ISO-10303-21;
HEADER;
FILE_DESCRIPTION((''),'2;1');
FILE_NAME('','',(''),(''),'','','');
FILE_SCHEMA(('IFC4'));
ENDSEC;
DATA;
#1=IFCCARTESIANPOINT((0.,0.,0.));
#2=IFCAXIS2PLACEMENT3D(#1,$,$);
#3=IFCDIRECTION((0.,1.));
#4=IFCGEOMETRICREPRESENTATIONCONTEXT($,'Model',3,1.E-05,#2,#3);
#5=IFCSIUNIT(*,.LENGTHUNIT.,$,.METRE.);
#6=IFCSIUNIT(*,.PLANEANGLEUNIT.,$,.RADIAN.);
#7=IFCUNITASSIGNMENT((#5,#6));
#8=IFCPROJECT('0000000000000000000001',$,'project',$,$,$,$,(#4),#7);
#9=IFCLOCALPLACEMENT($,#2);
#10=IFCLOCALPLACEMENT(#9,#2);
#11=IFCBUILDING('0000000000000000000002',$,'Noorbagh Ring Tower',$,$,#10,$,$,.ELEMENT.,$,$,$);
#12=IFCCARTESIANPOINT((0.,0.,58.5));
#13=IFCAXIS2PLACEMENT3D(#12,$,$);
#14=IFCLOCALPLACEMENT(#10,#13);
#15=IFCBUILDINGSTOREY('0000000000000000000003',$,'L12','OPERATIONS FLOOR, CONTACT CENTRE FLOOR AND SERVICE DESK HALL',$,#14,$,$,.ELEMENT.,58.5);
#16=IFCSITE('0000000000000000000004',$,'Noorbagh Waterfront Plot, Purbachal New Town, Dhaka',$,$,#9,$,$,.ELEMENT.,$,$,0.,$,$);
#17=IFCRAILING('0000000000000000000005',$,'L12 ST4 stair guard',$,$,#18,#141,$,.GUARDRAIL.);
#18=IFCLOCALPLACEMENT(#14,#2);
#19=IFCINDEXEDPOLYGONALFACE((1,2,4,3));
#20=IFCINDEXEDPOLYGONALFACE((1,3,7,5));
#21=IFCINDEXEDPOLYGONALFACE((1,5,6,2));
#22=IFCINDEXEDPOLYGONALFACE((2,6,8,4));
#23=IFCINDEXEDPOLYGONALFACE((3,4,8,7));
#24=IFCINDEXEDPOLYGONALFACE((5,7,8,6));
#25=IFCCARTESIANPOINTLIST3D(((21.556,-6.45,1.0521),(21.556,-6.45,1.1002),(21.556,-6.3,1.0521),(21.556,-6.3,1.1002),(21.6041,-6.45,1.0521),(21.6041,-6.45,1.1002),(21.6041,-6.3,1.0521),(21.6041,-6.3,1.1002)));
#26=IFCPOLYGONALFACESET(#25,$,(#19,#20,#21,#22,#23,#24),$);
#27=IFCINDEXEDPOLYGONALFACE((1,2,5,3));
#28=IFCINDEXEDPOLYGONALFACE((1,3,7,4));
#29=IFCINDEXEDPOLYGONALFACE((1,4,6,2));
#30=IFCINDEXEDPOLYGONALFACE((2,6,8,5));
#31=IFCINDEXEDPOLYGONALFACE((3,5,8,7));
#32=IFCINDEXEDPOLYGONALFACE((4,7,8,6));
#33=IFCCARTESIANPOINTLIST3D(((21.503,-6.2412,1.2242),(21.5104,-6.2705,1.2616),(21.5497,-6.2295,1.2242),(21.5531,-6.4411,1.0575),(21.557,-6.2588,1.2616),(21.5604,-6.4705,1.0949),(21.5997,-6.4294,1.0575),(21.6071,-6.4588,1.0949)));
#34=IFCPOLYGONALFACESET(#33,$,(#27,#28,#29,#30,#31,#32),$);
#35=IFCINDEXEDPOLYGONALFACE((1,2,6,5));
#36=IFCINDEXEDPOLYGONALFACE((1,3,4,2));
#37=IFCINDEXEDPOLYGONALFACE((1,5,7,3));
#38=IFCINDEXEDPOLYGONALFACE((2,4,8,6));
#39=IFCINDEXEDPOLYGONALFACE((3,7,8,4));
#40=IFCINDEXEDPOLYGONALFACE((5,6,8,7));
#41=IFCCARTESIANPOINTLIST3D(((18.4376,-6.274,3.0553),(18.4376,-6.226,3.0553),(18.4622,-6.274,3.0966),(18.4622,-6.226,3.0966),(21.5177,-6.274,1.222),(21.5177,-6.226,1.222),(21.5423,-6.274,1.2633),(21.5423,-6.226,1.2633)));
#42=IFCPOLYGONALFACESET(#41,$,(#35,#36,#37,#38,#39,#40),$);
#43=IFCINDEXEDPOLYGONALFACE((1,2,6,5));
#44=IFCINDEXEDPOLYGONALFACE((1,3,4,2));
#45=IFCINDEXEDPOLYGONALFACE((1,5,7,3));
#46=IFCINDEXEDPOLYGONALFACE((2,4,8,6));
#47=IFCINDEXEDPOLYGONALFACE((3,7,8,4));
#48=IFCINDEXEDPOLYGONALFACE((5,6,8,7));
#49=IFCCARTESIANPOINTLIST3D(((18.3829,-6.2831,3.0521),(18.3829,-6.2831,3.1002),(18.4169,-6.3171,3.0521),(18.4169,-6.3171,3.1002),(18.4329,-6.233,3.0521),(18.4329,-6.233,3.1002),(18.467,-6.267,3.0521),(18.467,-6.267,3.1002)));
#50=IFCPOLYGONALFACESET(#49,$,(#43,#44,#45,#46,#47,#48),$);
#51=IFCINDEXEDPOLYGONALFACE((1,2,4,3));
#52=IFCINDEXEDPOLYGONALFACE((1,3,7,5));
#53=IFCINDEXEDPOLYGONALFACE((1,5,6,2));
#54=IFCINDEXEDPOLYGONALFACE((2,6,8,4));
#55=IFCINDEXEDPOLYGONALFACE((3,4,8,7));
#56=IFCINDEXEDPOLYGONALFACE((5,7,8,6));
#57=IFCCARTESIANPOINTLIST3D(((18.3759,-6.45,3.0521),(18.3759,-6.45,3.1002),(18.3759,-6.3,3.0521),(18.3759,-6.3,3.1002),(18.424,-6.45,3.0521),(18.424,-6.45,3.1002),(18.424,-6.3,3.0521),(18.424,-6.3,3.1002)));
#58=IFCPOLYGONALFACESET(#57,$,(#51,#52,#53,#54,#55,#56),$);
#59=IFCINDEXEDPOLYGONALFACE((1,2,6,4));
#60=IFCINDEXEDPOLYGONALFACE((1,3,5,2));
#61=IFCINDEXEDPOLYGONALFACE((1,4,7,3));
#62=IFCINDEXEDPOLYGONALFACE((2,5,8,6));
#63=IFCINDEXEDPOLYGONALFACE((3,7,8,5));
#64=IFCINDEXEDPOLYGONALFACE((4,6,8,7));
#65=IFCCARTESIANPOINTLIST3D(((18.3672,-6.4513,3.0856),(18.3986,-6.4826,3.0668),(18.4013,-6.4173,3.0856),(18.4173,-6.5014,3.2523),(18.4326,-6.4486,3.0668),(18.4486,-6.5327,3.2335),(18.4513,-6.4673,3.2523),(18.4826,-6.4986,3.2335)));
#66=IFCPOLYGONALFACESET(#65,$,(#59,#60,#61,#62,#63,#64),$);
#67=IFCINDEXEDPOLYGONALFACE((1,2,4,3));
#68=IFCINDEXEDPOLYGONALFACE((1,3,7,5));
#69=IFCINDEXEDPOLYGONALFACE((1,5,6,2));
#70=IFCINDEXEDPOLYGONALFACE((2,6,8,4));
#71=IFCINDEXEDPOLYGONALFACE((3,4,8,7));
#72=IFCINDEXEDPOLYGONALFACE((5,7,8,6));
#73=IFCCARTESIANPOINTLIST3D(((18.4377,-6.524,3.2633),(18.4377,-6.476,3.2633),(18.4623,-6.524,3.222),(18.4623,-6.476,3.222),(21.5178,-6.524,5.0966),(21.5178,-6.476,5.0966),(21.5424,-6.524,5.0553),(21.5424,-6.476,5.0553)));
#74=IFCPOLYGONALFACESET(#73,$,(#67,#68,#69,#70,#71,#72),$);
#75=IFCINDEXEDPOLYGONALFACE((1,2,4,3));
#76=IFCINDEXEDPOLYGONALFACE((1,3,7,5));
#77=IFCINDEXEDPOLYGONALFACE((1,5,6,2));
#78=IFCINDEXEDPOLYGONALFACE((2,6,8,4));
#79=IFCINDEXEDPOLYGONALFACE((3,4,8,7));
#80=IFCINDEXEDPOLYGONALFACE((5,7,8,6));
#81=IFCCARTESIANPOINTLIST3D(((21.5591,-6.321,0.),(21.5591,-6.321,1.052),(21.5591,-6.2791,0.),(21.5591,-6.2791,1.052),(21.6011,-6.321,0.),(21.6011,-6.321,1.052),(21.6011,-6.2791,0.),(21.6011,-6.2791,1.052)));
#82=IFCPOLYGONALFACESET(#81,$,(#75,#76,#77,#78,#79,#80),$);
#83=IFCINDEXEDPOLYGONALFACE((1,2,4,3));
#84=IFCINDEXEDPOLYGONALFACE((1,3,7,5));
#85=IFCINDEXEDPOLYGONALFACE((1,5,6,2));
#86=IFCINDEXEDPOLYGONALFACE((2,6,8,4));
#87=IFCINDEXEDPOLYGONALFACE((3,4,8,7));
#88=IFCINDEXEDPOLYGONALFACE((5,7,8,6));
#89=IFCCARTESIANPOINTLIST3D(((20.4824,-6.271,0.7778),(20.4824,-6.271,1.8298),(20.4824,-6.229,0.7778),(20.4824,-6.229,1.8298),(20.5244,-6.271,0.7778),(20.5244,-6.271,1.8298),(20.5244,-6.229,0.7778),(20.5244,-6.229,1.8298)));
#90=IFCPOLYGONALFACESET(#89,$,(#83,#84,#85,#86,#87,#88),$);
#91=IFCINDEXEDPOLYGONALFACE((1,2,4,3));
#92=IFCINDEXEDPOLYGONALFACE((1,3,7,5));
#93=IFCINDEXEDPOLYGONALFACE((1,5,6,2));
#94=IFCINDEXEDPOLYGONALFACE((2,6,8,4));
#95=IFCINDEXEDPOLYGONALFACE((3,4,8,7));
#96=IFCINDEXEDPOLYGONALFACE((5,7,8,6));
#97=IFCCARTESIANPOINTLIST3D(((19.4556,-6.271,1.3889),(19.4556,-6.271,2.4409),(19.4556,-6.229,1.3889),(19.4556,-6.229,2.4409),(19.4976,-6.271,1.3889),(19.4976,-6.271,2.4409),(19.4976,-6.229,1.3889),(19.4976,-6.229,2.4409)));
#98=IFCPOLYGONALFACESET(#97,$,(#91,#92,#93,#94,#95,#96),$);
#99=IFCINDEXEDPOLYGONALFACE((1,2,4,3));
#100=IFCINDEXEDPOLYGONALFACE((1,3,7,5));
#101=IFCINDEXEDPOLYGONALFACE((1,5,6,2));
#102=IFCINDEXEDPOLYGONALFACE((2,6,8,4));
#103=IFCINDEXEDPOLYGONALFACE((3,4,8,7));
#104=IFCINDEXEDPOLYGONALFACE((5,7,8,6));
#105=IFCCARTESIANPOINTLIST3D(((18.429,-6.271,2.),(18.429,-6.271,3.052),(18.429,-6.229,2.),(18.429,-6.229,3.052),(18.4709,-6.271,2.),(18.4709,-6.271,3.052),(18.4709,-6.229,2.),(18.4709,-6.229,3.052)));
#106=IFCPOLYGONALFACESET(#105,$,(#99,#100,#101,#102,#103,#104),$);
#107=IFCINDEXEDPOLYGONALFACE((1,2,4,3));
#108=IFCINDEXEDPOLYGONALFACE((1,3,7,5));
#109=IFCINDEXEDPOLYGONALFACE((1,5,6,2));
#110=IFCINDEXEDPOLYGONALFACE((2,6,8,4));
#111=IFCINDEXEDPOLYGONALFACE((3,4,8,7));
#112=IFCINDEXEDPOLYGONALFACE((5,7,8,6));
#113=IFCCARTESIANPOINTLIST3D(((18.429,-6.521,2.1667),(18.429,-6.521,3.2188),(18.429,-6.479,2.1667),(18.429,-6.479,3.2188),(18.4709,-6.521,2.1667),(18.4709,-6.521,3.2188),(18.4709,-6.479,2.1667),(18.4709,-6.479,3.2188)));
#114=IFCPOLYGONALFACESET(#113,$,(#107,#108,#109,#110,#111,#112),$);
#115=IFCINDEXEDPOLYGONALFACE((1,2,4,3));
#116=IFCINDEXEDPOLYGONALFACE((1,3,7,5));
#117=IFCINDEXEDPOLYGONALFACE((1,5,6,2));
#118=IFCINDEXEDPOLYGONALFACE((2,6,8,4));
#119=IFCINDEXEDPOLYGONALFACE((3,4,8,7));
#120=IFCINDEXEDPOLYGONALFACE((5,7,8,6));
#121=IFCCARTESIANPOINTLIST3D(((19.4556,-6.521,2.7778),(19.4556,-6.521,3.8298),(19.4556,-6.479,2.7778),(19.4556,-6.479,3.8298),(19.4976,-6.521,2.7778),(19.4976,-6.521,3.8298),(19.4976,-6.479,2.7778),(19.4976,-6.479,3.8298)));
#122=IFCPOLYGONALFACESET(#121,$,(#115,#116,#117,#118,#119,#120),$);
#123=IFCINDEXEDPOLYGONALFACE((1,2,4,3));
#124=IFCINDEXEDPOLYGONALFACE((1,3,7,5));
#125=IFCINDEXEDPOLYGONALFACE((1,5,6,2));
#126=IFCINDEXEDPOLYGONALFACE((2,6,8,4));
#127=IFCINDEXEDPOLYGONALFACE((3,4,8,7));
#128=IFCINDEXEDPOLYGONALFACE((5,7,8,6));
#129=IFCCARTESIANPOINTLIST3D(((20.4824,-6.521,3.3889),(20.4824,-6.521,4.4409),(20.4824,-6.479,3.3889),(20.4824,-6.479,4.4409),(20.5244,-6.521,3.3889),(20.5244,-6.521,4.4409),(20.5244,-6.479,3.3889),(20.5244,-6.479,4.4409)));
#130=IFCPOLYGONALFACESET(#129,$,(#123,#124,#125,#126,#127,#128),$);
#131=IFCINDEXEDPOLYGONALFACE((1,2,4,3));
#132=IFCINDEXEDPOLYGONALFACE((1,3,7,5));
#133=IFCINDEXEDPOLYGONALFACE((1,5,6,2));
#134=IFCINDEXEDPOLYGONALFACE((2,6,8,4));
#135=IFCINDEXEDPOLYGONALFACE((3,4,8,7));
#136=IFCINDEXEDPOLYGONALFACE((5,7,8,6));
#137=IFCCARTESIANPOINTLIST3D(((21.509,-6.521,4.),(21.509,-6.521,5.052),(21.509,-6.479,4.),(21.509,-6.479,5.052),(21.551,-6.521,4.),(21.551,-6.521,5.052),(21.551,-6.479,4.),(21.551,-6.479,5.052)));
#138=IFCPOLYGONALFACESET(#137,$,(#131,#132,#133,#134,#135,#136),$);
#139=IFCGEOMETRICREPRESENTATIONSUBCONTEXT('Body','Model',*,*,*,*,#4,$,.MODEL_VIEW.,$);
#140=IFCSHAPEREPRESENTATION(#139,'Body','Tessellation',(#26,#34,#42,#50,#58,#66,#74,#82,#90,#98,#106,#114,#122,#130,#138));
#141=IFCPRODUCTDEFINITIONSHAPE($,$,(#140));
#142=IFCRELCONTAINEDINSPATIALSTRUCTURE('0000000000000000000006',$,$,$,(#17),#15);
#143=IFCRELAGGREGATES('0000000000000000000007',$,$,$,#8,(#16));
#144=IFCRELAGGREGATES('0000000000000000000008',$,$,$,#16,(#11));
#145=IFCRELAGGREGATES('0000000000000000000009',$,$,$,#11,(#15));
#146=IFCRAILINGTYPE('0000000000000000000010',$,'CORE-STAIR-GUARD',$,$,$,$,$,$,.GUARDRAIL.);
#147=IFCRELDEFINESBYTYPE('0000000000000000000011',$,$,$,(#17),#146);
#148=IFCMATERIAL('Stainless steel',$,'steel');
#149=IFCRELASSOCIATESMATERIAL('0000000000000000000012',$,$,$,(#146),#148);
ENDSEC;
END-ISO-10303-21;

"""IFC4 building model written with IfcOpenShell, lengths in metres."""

from ifc_helpers import new_model, si_unit, direction, frame, origin, origin_2d, place, context, subcontext, project, spatial, rectangle, extrude, material, type_object, element, save


model = new_model("IFC4")

# Units and contexts
model_context = context("Model", 3, precision=1e-05, world=origin(), true_north=direction((0.0, 1.0)))
body_context = subcontext(model_context, "Body", "Model", "MODEL_VIEW")
ifc_project = project(units=[si_unit("LENGTHUNIT", "METRE"), si_unit("PLANEANGLEUNIT", "RADIAN")], contexts=[model_context])

# Site, building, storey
site_placement = place(None, origin())
site = spatial("IfcSite", under=ifc_project, at=site_placement, Name="Noorbagh Waterfront Plot, Purbachal New Town, Dhaka", CompositionType="ELEMENT", RefElevation=0.0)
building_placement = place(site_placement, origin())
building = spatial("IfcBuilding", under=site, at=building_placement, Name="Noorbagh Ring Tower", CompositionType="ELEMENT")
storey_placement = place(building_placement, frame((0.0, 0.0, 58.5)))
storey = spatial("IfcBuildingStorey", under=building, at=storey_placement, Name="L12", Description="OPERATIONS FLOOR, CONTACT CENTRE FLOOR AND SERVICE DESK HALL", CompositionType="ELEMENT", Elevation=58.5)

# Railing
ifc_material_1 = material(Name="Stainless steel", Category="steel")
railing_type_1 = type_object("IfcRailingType", Name="CORE-STAIR-GUARD", PredefinedType="GUARDRAIL", material=ifc_material_1)
railing_1_placement = place(storey_placement, frame((21.5801, -6.3, 0.0)))
element("IfcRailing", 1, at=railing_1_placement, inside=storey, type_object=railing_type_1, Name="L12 ST4 stair guard", PredefinedType="GUARDRAIL", context=body_context, shape_type="SweptSolid", body=[
    extrude(rectangle(XDim=0.0481, YDim=0.0481, at=origin_2d()), frame((0.0, 0.0, 1.0762), z_axis=(0.0, -1.0, 0.0), x_axis=(1.0, 0.0, 0.0)), (0.0, 0.0, 1.0), 0.1499),
    extrude(rectangle(XDim=0.0481, YDim=0.0481, at=origin_2d()), frame((0.0, -0.1499, 1.0762), z_axis=(-0.188776, 0.754182, 0.628946), x_axis=(-0.970073, -0.242814, 0.0)), (0.0, 0.0, 1.0), 0.2651),
    extrude(rectangle(XDim=0.0481, YDim=0.0481, at=origin_2d()), frame((-0.05, 0.05, 1.2427), z_axis=(-0.859309, 0.0, 0.511458), x_axis=(0.0, -1.0, 0.0)), (0.0, 0.0, 1.0), 3.5845),
    extrude(rectangle(XDim=0.0481, YDim=0.0481, at=origin_2d()), frame((-3.1301, 0.05, 3.0762), z_axis=(-0.707107, -0.707107, 0.0), x_axis=(0.707107, -0.707107, 0.0)), (0.0, 0.0, 1.0), 0.0708),
    extrude(rectangle(XDim=0.0481, YDim=0.0481, at=origin_2d()), frame((-3.1802, 0.0, 3.0762), z_axis=(0.0, -1.0, 0.0), x_axis=(1.0, 0.0, 0.0)), (0.0, 0.0, 1.0), 0.1499),
    extrude(rectangle(XDim=0.0481, YDim=0.0481, at=origin_2d()), frame((-3.1802, -0.1499, 3.0762), z_axis=(0.276287, -0.276287, 0.920506), x_axis=(0.707107, 0.707107, 0.0)), (0.0, 0.0, 1.0), 0.1812),
    extrude(rectangle(XDim=0.0481, YDim=0.0481, at=origin_2d()), frame((-3.1301, -0.2, 3.2427), z_axis=(0.859309, 0.0, 0.511458), x_axis=(0.0, 1.0, 0.0)), (0.0, 0.0, 1.0), 3.5845),
    extrude(rectangle(XDim=0.042, YDim=0.042, at=origin_2d()), origin(), (0.0, 0.0, 1.0), 1.052),
    extrude(rectangle(XDim=0.042, YDim=0.042, at=origin_2d()), frame((-1.0767, 0.05, 0.7778)), (0.0, 0.0, 1.0), 1.052),
    extrude(rectangle(XDim=0.042, YDim=0.042, at=origin_2d()), frame((-2.1035, 0.05, 1.3889)), (0.0, 0.0, 1.0), 1.052),
    extrude(rectangle(XDim=0.042, YDim=0.042, at=origin_2d()), frame((-3.1301, 0.05, 2.0)), (0.0, 0.0, 1.0), 1.052),
    extrude(rectangle(XDim=0.042, YDim=0.042, at=origin_2d()), frame((-3.1301, -0.2, 2.1667)), (0.0, 0.0, 1.0), 1.052),
    extrude(rectangle(XDim=0.042, YDim=0.042, at=origin_2d()), frame((-2.1035, -0.2, 2.7778)), (0.0, 0.0, 1.0), 1.052),
    extrude(rectangle(XDim=0.042, YDim=0.042, at=origin_2d()), frame((-1.0767, -0.2, 3.3889)), (0.0, 0.0, 1.0), 1.052),
    extrude(rectangle(XDim=0.042, YDim=0.042, at=origin_2d()), frame((-0.05, -0.2, 4.0)), (0.0, 0.0, 1.0), 1.052),
])

save(model, "model.ifc")
